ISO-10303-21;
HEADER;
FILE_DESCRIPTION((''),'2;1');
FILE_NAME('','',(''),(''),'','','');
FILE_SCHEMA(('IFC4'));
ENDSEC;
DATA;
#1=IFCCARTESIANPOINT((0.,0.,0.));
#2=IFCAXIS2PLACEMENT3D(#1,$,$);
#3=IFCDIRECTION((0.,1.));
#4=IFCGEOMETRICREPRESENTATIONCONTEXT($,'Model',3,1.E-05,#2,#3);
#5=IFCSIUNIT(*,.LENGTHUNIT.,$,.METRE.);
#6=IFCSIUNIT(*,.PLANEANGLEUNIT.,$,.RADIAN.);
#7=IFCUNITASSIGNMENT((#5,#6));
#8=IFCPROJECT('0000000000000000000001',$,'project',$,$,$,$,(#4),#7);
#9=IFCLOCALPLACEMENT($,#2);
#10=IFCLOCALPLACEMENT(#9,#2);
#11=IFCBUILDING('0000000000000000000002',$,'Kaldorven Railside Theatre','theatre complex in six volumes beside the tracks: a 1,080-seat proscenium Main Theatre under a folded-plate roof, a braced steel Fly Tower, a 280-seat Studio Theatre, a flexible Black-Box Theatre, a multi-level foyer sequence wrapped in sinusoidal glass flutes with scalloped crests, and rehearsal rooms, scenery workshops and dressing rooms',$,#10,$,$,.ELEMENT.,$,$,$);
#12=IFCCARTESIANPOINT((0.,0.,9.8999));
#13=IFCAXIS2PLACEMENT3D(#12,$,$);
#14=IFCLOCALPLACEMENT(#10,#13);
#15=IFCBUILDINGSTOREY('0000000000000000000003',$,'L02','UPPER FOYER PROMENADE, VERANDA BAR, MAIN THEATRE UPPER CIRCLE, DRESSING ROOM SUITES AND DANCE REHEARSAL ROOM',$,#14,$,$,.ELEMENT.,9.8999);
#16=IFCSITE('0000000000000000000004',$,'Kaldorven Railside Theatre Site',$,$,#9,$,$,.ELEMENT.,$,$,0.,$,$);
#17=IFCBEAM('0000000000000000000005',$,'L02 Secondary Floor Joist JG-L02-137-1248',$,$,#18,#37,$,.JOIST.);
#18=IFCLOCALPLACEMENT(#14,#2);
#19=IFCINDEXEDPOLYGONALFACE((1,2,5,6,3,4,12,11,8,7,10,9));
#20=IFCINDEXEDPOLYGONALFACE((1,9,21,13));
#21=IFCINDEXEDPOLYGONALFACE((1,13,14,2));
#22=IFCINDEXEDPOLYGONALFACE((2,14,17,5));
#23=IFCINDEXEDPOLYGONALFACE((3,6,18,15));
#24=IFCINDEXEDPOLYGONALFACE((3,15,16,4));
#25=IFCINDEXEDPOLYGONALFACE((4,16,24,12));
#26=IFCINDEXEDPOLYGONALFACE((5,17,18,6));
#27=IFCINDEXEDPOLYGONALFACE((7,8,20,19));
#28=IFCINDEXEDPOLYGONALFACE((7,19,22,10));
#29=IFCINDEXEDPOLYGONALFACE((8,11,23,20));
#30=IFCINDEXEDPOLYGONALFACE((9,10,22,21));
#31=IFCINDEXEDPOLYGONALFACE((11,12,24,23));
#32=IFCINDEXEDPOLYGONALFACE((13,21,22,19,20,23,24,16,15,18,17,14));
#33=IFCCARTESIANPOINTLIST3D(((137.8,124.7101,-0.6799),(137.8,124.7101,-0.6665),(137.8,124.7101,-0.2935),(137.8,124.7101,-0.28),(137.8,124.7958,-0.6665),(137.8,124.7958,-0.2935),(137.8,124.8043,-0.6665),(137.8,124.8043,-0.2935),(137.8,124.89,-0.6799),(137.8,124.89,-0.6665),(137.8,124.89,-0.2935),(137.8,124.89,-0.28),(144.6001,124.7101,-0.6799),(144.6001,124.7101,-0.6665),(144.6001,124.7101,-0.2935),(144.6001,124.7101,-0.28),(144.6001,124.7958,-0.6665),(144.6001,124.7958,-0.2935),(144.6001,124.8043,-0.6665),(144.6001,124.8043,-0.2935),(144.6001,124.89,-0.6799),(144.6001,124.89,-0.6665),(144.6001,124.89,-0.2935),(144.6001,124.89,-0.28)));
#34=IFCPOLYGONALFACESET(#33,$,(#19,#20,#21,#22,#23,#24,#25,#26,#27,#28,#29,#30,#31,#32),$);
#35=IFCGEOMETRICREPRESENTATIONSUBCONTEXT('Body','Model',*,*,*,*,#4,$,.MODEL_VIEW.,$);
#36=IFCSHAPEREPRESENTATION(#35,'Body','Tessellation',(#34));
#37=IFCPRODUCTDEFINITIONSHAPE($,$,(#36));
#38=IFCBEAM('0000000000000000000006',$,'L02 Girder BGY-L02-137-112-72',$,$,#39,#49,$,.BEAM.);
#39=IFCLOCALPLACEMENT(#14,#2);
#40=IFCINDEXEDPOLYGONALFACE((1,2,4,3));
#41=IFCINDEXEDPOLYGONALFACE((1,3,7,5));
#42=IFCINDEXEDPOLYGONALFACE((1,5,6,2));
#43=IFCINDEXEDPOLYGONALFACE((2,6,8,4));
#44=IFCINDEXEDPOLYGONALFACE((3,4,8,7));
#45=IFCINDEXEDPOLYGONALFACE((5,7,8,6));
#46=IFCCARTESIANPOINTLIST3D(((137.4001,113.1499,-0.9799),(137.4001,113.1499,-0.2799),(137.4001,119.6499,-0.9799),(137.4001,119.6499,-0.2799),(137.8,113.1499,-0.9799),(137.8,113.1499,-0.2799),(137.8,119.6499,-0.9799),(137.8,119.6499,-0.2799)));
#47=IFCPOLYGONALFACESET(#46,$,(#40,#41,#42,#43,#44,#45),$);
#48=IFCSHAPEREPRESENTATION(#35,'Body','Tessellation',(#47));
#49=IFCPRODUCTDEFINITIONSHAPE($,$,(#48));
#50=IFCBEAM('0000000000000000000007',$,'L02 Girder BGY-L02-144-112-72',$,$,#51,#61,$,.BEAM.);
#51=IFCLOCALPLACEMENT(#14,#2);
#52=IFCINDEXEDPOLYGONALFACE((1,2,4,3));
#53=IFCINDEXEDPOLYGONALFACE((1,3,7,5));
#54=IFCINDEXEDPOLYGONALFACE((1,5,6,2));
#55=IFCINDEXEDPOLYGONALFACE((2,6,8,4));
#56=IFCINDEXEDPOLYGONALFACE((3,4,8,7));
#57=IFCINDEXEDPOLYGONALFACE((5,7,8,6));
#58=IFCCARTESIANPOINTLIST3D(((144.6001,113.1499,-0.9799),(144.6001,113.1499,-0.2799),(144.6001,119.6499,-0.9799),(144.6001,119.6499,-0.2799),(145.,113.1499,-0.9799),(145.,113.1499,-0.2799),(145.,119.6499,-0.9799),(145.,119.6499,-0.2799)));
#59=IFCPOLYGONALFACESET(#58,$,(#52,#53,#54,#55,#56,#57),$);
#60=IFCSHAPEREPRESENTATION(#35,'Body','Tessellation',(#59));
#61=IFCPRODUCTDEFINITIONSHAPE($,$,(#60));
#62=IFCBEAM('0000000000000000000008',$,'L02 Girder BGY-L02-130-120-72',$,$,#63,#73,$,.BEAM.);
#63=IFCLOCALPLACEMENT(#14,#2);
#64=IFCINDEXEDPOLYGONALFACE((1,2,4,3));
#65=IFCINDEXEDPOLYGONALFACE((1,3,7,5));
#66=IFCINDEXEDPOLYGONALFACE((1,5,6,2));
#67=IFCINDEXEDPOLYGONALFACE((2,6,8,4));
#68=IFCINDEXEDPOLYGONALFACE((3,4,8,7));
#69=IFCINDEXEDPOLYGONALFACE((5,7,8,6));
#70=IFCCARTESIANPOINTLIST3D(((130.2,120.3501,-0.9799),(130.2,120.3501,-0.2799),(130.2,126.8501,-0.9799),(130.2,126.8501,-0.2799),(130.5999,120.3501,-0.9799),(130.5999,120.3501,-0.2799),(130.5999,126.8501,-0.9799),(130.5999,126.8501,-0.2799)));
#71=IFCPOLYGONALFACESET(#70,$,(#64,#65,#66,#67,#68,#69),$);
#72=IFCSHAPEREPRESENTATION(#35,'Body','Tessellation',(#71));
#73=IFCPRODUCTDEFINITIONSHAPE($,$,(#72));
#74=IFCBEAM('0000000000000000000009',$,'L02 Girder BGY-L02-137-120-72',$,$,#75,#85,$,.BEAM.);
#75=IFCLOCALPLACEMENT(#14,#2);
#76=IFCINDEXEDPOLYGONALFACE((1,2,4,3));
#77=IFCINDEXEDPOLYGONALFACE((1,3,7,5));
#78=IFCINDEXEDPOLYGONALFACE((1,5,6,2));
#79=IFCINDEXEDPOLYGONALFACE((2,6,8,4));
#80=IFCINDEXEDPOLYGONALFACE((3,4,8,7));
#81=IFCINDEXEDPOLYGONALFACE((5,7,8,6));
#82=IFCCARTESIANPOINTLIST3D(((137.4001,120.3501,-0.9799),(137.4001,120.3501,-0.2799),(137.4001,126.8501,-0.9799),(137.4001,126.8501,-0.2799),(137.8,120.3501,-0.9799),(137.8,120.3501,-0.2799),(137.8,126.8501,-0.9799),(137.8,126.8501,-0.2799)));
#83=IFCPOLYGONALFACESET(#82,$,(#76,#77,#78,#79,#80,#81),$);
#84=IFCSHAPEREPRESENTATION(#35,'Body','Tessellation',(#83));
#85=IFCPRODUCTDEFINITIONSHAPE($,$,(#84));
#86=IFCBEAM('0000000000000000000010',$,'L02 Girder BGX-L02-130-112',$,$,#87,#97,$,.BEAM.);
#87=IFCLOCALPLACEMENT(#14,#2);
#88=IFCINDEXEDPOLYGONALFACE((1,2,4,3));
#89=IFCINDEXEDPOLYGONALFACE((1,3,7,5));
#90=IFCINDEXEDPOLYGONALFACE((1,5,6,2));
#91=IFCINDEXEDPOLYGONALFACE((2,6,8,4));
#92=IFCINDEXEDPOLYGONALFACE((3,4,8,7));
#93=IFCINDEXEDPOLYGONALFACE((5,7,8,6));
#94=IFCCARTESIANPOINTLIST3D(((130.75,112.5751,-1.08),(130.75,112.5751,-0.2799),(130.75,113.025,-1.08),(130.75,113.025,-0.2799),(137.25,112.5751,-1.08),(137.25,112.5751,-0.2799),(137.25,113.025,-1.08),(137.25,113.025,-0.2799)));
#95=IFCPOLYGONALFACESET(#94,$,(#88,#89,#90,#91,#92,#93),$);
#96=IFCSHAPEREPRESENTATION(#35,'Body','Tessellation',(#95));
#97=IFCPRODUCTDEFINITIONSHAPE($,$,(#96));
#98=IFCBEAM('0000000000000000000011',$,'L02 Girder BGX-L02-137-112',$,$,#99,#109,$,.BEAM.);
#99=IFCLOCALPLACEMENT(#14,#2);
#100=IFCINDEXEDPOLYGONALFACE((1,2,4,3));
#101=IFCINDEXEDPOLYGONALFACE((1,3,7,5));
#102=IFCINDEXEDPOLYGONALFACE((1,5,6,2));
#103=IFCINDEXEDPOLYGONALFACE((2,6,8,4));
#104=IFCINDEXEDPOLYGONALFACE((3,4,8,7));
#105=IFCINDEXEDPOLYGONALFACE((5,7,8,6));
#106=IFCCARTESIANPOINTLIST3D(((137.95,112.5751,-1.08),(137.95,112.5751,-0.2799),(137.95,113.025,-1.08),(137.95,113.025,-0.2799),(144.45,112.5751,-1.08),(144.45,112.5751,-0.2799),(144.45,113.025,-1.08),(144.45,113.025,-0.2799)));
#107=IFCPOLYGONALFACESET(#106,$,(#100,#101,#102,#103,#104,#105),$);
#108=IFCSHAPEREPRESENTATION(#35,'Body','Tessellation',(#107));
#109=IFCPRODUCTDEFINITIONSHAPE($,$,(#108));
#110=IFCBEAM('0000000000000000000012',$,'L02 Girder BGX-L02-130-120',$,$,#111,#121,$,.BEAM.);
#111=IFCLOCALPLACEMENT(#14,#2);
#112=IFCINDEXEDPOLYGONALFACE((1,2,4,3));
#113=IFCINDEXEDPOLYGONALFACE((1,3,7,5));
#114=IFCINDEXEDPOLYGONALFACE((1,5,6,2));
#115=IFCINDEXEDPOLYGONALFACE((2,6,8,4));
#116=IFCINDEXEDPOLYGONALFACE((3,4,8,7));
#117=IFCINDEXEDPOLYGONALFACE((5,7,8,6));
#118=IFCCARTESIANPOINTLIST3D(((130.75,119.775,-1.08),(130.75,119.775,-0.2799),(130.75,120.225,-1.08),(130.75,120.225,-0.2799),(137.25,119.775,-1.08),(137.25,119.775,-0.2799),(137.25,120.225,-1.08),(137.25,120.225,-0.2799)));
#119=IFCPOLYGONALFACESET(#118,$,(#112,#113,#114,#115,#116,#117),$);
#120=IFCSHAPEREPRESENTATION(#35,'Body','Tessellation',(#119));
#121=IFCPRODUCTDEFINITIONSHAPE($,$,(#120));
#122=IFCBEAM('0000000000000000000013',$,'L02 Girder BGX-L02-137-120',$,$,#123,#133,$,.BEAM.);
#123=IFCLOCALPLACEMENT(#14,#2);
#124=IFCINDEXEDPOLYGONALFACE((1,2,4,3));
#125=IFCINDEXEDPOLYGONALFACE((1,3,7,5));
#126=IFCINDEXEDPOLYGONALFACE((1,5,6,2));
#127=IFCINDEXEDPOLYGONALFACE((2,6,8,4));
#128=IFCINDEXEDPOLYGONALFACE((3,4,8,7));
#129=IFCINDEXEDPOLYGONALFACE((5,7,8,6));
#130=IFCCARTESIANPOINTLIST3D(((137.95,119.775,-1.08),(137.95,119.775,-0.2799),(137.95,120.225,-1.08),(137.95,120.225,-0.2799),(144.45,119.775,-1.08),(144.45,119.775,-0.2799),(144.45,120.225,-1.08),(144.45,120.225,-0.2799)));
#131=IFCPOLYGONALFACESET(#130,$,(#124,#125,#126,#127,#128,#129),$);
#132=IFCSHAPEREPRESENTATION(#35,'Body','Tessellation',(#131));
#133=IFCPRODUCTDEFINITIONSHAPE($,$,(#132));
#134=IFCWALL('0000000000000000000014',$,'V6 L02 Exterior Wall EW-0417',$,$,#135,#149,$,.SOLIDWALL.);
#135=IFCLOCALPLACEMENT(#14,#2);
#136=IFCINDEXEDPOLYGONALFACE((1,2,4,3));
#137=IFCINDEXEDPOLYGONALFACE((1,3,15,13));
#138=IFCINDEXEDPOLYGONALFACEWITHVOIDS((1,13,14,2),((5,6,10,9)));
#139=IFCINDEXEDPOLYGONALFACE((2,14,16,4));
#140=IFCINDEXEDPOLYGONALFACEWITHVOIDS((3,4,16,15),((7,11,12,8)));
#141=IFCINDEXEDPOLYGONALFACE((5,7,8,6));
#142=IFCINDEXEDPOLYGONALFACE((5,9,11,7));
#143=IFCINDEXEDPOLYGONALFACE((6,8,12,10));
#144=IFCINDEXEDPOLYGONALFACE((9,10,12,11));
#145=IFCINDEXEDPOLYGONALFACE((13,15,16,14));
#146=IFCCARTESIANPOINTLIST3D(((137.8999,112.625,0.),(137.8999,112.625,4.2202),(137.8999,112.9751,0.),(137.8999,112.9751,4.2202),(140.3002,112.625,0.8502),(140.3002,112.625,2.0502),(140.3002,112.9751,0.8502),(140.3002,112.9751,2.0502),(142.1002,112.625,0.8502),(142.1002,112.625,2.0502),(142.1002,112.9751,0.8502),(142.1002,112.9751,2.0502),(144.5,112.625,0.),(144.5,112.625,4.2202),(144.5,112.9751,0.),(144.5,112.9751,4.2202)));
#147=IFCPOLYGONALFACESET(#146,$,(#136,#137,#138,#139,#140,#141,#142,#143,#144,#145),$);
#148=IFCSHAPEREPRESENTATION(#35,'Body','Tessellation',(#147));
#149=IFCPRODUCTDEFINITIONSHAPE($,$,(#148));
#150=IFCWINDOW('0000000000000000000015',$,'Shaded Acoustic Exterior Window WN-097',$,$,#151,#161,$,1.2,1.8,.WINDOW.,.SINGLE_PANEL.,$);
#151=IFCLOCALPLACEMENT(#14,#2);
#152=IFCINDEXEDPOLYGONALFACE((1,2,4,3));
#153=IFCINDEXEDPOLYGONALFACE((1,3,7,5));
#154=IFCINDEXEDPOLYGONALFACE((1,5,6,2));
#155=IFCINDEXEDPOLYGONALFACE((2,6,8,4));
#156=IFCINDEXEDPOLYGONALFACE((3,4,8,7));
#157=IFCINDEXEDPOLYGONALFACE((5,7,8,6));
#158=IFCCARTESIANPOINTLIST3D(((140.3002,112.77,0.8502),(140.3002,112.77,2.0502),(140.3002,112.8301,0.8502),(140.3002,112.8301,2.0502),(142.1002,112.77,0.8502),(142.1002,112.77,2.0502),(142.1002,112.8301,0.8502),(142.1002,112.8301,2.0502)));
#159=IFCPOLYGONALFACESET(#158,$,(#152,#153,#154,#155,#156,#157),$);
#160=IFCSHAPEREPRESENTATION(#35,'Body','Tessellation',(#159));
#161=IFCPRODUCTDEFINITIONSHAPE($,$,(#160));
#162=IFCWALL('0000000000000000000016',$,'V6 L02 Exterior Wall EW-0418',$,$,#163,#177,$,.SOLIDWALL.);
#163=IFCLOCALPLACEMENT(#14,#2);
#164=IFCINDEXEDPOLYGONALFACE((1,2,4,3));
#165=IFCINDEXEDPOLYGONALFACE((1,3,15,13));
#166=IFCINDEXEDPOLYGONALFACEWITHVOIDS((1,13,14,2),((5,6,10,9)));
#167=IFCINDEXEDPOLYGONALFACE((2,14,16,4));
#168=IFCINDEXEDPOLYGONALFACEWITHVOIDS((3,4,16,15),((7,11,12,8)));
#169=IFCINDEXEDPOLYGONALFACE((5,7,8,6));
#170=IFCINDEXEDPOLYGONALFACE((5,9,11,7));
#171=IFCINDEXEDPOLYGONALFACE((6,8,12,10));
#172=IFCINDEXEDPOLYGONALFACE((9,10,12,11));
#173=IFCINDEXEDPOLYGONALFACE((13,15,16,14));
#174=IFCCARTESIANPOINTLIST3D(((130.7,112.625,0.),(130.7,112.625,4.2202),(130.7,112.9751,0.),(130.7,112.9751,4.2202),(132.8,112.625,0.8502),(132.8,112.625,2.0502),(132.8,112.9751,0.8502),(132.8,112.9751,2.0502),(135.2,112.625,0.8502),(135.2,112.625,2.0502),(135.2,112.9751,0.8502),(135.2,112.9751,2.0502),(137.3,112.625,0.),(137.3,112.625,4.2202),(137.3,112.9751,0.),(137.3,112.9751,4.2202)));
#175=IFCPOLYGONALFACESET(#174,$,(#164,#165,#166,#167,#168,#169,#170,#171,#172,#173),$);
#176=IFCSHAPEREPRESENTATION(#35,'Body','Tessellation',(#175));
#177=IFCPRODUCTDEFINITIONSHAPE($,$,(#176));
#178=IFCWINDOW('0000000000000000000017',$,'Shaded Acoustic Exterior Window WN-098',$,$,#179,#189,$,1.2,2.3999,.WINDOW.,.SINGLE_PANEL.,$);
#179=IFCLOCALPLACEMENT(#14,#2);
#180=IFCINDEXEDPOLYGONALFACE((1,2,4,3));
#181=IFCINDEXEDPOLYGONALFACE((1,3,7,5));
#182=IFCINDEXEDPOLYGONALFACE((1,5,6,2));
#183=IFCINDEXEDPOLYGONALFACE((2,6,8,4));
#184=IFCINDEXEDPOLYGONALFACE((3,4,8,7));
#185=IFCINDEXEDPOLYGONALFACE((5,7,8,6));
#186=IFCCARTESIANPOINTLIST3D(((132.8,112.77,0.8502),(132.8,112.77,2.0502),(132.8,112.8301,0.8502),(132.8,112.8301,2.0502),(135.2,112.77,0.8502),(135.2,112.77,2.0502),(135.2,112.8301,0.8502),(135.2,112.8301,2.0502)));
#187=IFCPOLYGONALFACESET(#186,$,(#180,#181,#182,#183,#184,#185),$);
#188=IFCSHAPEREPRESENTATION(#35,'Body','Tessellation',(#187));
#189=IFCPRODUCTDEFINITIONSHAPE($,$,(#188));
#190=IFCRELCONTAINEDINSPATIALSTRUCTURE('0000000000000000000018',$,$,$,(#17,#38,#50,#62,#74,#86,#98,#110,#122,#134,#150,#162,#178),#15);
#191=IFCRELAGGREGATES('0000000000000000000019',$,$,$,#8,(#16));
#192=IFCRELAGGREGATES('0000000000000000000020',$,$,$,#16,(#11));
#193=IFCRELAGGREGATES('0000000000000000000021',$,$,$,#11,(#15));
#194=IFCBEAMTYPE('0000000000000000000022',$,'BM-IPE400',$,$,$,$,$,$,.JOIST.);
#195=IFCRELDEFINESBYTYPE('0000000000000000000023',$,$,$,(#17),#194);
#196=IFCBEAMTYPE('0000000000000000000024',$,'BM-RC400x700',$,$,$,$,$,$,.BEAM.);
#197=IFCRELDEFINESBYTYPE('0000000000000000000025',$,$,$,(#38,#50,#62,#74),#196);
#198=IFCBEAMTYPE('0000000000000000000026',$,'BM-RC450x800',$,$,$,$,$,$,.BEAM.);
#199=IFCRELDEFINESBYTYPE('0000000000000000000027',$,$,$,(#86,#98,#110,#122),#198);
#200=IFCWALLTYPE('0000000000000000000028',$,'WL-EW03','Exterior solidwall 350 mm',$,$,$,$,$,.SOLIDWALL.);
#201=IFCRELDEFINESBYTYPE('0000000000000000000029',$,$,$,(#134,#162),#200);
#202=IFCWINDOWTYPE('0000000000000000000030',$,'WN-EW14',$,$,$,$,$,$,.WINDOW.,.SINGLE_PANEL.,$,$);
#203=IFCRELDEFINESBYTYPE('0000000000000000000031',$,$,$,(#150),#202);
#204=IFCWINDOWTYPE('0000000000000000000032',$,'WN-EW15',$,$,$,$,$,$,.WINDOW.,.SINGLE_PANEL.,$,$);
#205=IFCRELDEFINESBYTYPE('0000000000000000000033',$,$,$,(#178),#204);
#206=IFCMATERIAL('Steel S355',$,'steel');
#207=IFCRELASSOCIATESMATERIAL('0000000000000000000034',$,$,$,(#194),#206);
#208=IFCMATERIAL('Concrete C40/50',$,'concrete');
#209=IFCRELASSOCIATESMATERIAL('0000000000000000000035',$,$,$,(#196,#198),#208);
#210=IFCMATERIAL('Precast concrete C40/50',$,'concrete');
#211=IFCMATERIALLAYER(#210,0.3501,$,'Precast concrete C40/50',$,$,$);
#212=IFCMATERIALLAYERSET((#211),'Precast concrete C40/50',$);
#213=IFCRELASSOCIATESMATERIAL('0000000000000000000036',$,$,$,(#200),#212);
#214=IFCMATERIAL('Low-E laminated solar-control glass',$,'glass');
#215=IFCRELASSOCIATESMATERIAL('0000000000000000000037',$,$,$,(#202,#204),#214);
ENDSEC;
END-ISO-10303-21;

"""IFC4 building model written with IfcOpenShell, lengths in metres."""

from ifc_helpers import new_model, si_unit, direction, frame, frame_2d, origin, origin_2d, place, context, subcontext, project, spatial, rectangle, i_section, extrude, material, layer, layer_set, material_profile, profile_set, type_object, element, fill, save


model = new_model("IFC4")

# Units and contexts
model_context = context("Model", 3, precision=1e-05, world=origin(), true_north=direction((0.0, 1.0)))
body_context = subcontext(model_context, "Body", "Model", "MODEL_VIEW")
ifc_project = project(units=[si_unit("LENGTHUNIT", "METRE"), si_unit("PLANEANGLEUNIT", "RADIAN")], contexts=[model_context])

# Site, building, storey
site_placement = place(None, origin())
site = spatial("IfcSite", under=ifc_project, at=site_placement, Name="Kaldorven Railside Theatre Site", CompositionType="ELEMENT", RefElevation=0.0)
building_placement = place(site_placement, origin())
building = spatial("IfcBuilding", under=site, at=building_placement, Name="Kaldorven Railside Theatre", Description="theatre complex in six volumes beside the tracks: a 1,080-seat proscenium Main Theatre under a folded-plate roof, a braced steel Fly Tower, a 280-seat Studio Theatre, a flexible Black-Box Theatre, a multi-level foyer sequence wrapped in sinusoidal glass flutes with scalloped crests, and rehearsal rooms, scenery workshops and dressing rooms", CompositionType="ELEMENT")
storey_placement = place(building_placement, frame((0.0, 0.0, 9.8999)))
storey = spatial("IfcBuildingStorey", under=building, at=storey_placement, Name="L02", Description="UPPER FOYER PROMENADE, VERANDA BAR, MAIN THEATRE UPPER CIRCLE, DRESSING ROOM SUITES AND DANCE REHEARSAL ROOM", CompositionType="ELEMENT", Elevation=9.8999)

# Shared definitions
ifc_material_1 = material(Name="Concrete C40/50", Category="concrete")

# Beams
ifc_material_2 = material(Name="Steel S355", Category="steel")
ifc_material_profile_1 = material_profile(ifc_material_2, i_section(OverallWidth=0.1799, OverallDepth=0.3999, WebThickness=0.0085, FlangeThickness=0.0134, at=origin_2d()), Name="IPE 400")
ifc_profile_set_1 = profile_set([ifc_material_profile_1], Name="Steel S355")
beam_type_1 = type_object("IfcBeamType", Name="BM-IPE400", PredefinedType="JOIST", material=ifc_profile_set_1)
for number, where, z_axis, x_axis, name in (
    (1, (137.8, 124.8, -0.48), (1.0, 0.0, 0.0), (0.0, 1.0, 0.0), "L02 Secondary Floor Joist JG-L02-137-1248"),
):
    element("IfcBeam", number, at=place(storey_placement, frame(where, z_axis=z_axis, x_axis=x_axis)), inside=storey, type_object=beam_type_1, Name=name, PredefinedType="JOIST", context=body_context, shape_type="SweptSolid", body=[
        extrude(i_section(OverallWidth=0.1799, OverallDepth=0.3999, WebThickness=0.0085, FlangeThickness=0.0134, at=origin_2d()), origin(), (0.0, 0.0, 1.0), 6.8),
    ])
ifc_material_profile_2 = material_profile(ifc_material_1, rectangle(XDim=0.3999, YDim=0.7, at=origin_2d()), Name="RC 400x700")
ifc_profile_set_2 = profile_set([ifc_material_profile_2], Name="Concrete C40/50")
beam_type_2 = type_object("IfcBeamType", Name="BM-RC400x700", PredefinedType="BEAM", material=ifc_profile_set_2)
for number, where, z_axis, x_axis, name in (
    (2, (137.6001, 113.1499, -0.6299), (0.0, 1.0, 0.0), (-1.0, 0.0, 0.0), "L02 Girder BGY-L02-137-112-72"),
    (3, (144.8, 113.1499, -0.6299), (0.0, 1.0, 0.0), (-1.0, 0.0, 0.0), "L02 Girder BGY-L02-144-112-72"),
    (4, (130.3999, 120.3501, -0.6299), (0.0, 1.0, 0.0), (-1.0, 0.0, 0.0), "L02 Girder BGY-L02-130-120-72"),
    (5, (137.6001, 120.3501, -0.6299), (0.0, 1.0, 0.0), (-1.0, 0.0, 0.0), "L02 Girder BGY-L02-137-120-72"),
):
    element("IfcBeam", number, at=place(storey_placement, frame(where, z_axis=z_axis, x_axis=x_axis)), inside=storey, type_object=beam_type_2, Name=name, PredefinedType="BEAM", context=body_context, shape_type="SweptSolid", body=[
        extrude(rectangle(XDim=0.3999, YDim=0.7, at=origin_2d()), origin(), (0.0, 0.0, 1.0), 6.5),
    ])
ifc_material_profile_3 = material_profile(ifc_material_1, rectangle(XDim=0.45, YDim=0.8, at=origin_2d()), Name="RC 450x800")
ifc_profile_set_3 = profile_set([ifc_material_profile_3], Name="Concrete C40/50")
beam_type_3 = type_object("IfcBeamType", Name="BM-RC450x800", PredefinedType="BEAM", material=ifc_profile_set_3)
for number, where, z_axis, x_axis, name in (
    (6, (130.75, 112.8, -0.6799), (1.0, 0.0, 0.0), (0.0, 1.0, 0.0), "L02 Girder BGX-L02-130-112"),
    (7, (137.95, 112.8, -0.6799), (1.0, 0.0, 0.0), (0.0, 1.0, 0.0), "L02 Girder BGX-L02-137-112"),
    (8, (130.75, 120.0, -0.6799), (1.0, 0.0, 0.0), (0.0, 1.0, 0.0), "L02 Girder BGX-L02-130-120"),
    (9, (137.95, 120.0, -0.6799), (1.0, 0.0, 0.0), (0.0, 1.0, 0.0), "L02 Girder BGX-L02-137-120"),
):
    element("IfcBeam", number, at=place(storey_placement, frame(where, z_axis=z_axis, x_axis=x_axis)), inside=storey, type_object=beam_type_3, Name=name, PredefinedType="BEAM", context=body_context, shape_type="SweptSolid", body=[
        extrude(rectangle(XDim=0.45, YDim=0.8, at=origin_2d()), origin(), (0.0, 0.0, 1.0), 6.5),
    ])

# Walls, openings, windows
ifc_material_3 = material(Name="Precast concrete C40/50", Category="concrete")
ifc_layer_1 = layer(ifc_material_3, 0.3501, Name="Precast concrete C40/50")
ifc_layer_set_1 = layer_set([ifc_layer_1], Name="Precast concrete C40/50")
wall_type_1 = type_object("IfcWallType", Name="WL-EW03", Description="Exterior solidwall 350 mm", PredefinedType="SOLIDWALL", material=ifc_layer_set_1)
wall_1_placement = place(storey_placement, frame((144.5, 112.8, 0.0), z_axis=(0.0, 0.0, 1.0), x_axis=(-1.0, 0.0, 0.0)))
wall_1 = element("IfcWall", 10, at=wall_1_placement, inside=storey, type_object=wall_type_1, Name="V6 L02 Exterior Wall EW-0417", PredefinedType="SOLIDWALL", context=body_context, shape_type="SweptSolid", body=[
    extrude(rectangle(XDim=6.6001, YDim=0.3501, at=frame_2d((3.3, 0.0))), origin(), (0.0, 0.0, 1.0), 4.2202),
])
opening_1_placement = place(wall_1_placement, frame((2.3999, 0.0, 0.8501)))
opening_1 = element("IfcOpeningElement", 11, at=opening_1_placement, cuts=wall_1, PredefinedType="OPENING", context=body_context, shape_type="SweptSolid", body=[
    extrude(rectangle(XDim=1.8, YDim=1.2, at=frame_2d((0.8999, 0.6001))), frame((0.0, 0.1851, 0.0), z_axis=(0.0, -1.0, 0.0), x_axis=(1.0, 0.0, 0.0)), (0.0, 0.0, 1.0), 0.3701),
])
ifc_material_4 = material(Name="Low-E laminated solar-control glass", Category="glass")
window_type_1 = type_object("IfcWindowType", Name="WN-EW14", PartitioningType="SINGLE_PANEL", PredefinedType="WINDOW", material=ifc_material_4)
window_1_placement = place(opening_1_placement, origin())
window_1 = element("IfcWindow", 12, at=window_1_placement, inside=storey, type_object=window_type_1, Name="Shaded Acoustic Exterior Window WN-097", OverallHeight=1.2, OverallWidth=1.8, PartitioningType="SINGLE_PANEL", PredefinedType="WINDOW", context=body_context, shape_type="SweptSolid", body=[
    extrude(rectangle(XDim=1.8, YDim=1.2, at=frame_2d((0.8999, 0.6001))), frame((0.0, 0.03, 0.0), z_axis=(0.0, -1.0, 0.0), x_axis=(1.0, 0.0, 0.0)), (0.0, 0.0, 1.0), 0.0601),
])
fill(opening_1, window_1)
wall_2_placement = place(storey_placement, frame((137.3, 112.8, 0.0), z_axis=(0.0, 0.0, 1.0), x_axis=(-1.0, 0.0, 0.0)))
wall_2 = element("IfcWall", 13, at=wall_2_placement, inside=storey, type_object=wall_type_1, Name="V6 L02 Exterior Wall EW-0418", PredefinedType="SOLIDWALL", context=body_context, shape_type="SweptSolid", body=[
    extrude(rectangle(XDim=6.6001, YDim=0.3501, at=frame_2d((3.3, 0.0))), origin(), (0.0, 0.0, 1.0), 4.2202),
])
opening_2_placement = place(wall_2_placement, frame((2.1001, 0.0, 0.8501)))
opening_2 = element("IfcOpeningElement", 14, at=opening_2_placement, cuts=wall_2, PredefinedType="OPENING", context=body_context, shape_type="SweptSolid", body=[
    extrude(rectangle(XDim=2.3999, YDim=1.2, at=frame_2d((1.2, 0.6001))), frame((0.0, 0.1851, 0.0), z_axis=(0.0, -1.0, 0.0), x_axis=(1.0, 0.0, 0.0)), (0.0, 0.0, 1.0), 0.3701),
])
window_type_2 = type_object("IfcWindowType", Name="WN-EW15", PartitioningType="SINGLE_PANEL", PredefinedType="WINDOW", material=ifc_material_4)
window_2_placement = place(opening_2_placement, origin())
window_2 = element("IfcWindow", 15, at=window_2_placement, inside=storey, type_object=window_type_2, Name="Shaded Acoustic Exterior Window WN-098", OverallHeight=1.2, OverallWidth=2.3999, PartitioningType="SINGLE_PANEL", PredefinedType="WINDOW", context=body_context, shape_type="SweptSolid", body=[
    extrude(rectangle(XDim=2.3999, YDim=1.2, at=frame_2d((1.2, 0.6001))), frame((0.0, 0.03, 0.0), z_axis=(0.0, -1.0, 0.0), x_axis=(1.0, 0.0, 0.0)), (0.0, 0.0, 1.0), 0.0601),
])
fill(opening_2, window_2)

save(model, "model.ifc")
